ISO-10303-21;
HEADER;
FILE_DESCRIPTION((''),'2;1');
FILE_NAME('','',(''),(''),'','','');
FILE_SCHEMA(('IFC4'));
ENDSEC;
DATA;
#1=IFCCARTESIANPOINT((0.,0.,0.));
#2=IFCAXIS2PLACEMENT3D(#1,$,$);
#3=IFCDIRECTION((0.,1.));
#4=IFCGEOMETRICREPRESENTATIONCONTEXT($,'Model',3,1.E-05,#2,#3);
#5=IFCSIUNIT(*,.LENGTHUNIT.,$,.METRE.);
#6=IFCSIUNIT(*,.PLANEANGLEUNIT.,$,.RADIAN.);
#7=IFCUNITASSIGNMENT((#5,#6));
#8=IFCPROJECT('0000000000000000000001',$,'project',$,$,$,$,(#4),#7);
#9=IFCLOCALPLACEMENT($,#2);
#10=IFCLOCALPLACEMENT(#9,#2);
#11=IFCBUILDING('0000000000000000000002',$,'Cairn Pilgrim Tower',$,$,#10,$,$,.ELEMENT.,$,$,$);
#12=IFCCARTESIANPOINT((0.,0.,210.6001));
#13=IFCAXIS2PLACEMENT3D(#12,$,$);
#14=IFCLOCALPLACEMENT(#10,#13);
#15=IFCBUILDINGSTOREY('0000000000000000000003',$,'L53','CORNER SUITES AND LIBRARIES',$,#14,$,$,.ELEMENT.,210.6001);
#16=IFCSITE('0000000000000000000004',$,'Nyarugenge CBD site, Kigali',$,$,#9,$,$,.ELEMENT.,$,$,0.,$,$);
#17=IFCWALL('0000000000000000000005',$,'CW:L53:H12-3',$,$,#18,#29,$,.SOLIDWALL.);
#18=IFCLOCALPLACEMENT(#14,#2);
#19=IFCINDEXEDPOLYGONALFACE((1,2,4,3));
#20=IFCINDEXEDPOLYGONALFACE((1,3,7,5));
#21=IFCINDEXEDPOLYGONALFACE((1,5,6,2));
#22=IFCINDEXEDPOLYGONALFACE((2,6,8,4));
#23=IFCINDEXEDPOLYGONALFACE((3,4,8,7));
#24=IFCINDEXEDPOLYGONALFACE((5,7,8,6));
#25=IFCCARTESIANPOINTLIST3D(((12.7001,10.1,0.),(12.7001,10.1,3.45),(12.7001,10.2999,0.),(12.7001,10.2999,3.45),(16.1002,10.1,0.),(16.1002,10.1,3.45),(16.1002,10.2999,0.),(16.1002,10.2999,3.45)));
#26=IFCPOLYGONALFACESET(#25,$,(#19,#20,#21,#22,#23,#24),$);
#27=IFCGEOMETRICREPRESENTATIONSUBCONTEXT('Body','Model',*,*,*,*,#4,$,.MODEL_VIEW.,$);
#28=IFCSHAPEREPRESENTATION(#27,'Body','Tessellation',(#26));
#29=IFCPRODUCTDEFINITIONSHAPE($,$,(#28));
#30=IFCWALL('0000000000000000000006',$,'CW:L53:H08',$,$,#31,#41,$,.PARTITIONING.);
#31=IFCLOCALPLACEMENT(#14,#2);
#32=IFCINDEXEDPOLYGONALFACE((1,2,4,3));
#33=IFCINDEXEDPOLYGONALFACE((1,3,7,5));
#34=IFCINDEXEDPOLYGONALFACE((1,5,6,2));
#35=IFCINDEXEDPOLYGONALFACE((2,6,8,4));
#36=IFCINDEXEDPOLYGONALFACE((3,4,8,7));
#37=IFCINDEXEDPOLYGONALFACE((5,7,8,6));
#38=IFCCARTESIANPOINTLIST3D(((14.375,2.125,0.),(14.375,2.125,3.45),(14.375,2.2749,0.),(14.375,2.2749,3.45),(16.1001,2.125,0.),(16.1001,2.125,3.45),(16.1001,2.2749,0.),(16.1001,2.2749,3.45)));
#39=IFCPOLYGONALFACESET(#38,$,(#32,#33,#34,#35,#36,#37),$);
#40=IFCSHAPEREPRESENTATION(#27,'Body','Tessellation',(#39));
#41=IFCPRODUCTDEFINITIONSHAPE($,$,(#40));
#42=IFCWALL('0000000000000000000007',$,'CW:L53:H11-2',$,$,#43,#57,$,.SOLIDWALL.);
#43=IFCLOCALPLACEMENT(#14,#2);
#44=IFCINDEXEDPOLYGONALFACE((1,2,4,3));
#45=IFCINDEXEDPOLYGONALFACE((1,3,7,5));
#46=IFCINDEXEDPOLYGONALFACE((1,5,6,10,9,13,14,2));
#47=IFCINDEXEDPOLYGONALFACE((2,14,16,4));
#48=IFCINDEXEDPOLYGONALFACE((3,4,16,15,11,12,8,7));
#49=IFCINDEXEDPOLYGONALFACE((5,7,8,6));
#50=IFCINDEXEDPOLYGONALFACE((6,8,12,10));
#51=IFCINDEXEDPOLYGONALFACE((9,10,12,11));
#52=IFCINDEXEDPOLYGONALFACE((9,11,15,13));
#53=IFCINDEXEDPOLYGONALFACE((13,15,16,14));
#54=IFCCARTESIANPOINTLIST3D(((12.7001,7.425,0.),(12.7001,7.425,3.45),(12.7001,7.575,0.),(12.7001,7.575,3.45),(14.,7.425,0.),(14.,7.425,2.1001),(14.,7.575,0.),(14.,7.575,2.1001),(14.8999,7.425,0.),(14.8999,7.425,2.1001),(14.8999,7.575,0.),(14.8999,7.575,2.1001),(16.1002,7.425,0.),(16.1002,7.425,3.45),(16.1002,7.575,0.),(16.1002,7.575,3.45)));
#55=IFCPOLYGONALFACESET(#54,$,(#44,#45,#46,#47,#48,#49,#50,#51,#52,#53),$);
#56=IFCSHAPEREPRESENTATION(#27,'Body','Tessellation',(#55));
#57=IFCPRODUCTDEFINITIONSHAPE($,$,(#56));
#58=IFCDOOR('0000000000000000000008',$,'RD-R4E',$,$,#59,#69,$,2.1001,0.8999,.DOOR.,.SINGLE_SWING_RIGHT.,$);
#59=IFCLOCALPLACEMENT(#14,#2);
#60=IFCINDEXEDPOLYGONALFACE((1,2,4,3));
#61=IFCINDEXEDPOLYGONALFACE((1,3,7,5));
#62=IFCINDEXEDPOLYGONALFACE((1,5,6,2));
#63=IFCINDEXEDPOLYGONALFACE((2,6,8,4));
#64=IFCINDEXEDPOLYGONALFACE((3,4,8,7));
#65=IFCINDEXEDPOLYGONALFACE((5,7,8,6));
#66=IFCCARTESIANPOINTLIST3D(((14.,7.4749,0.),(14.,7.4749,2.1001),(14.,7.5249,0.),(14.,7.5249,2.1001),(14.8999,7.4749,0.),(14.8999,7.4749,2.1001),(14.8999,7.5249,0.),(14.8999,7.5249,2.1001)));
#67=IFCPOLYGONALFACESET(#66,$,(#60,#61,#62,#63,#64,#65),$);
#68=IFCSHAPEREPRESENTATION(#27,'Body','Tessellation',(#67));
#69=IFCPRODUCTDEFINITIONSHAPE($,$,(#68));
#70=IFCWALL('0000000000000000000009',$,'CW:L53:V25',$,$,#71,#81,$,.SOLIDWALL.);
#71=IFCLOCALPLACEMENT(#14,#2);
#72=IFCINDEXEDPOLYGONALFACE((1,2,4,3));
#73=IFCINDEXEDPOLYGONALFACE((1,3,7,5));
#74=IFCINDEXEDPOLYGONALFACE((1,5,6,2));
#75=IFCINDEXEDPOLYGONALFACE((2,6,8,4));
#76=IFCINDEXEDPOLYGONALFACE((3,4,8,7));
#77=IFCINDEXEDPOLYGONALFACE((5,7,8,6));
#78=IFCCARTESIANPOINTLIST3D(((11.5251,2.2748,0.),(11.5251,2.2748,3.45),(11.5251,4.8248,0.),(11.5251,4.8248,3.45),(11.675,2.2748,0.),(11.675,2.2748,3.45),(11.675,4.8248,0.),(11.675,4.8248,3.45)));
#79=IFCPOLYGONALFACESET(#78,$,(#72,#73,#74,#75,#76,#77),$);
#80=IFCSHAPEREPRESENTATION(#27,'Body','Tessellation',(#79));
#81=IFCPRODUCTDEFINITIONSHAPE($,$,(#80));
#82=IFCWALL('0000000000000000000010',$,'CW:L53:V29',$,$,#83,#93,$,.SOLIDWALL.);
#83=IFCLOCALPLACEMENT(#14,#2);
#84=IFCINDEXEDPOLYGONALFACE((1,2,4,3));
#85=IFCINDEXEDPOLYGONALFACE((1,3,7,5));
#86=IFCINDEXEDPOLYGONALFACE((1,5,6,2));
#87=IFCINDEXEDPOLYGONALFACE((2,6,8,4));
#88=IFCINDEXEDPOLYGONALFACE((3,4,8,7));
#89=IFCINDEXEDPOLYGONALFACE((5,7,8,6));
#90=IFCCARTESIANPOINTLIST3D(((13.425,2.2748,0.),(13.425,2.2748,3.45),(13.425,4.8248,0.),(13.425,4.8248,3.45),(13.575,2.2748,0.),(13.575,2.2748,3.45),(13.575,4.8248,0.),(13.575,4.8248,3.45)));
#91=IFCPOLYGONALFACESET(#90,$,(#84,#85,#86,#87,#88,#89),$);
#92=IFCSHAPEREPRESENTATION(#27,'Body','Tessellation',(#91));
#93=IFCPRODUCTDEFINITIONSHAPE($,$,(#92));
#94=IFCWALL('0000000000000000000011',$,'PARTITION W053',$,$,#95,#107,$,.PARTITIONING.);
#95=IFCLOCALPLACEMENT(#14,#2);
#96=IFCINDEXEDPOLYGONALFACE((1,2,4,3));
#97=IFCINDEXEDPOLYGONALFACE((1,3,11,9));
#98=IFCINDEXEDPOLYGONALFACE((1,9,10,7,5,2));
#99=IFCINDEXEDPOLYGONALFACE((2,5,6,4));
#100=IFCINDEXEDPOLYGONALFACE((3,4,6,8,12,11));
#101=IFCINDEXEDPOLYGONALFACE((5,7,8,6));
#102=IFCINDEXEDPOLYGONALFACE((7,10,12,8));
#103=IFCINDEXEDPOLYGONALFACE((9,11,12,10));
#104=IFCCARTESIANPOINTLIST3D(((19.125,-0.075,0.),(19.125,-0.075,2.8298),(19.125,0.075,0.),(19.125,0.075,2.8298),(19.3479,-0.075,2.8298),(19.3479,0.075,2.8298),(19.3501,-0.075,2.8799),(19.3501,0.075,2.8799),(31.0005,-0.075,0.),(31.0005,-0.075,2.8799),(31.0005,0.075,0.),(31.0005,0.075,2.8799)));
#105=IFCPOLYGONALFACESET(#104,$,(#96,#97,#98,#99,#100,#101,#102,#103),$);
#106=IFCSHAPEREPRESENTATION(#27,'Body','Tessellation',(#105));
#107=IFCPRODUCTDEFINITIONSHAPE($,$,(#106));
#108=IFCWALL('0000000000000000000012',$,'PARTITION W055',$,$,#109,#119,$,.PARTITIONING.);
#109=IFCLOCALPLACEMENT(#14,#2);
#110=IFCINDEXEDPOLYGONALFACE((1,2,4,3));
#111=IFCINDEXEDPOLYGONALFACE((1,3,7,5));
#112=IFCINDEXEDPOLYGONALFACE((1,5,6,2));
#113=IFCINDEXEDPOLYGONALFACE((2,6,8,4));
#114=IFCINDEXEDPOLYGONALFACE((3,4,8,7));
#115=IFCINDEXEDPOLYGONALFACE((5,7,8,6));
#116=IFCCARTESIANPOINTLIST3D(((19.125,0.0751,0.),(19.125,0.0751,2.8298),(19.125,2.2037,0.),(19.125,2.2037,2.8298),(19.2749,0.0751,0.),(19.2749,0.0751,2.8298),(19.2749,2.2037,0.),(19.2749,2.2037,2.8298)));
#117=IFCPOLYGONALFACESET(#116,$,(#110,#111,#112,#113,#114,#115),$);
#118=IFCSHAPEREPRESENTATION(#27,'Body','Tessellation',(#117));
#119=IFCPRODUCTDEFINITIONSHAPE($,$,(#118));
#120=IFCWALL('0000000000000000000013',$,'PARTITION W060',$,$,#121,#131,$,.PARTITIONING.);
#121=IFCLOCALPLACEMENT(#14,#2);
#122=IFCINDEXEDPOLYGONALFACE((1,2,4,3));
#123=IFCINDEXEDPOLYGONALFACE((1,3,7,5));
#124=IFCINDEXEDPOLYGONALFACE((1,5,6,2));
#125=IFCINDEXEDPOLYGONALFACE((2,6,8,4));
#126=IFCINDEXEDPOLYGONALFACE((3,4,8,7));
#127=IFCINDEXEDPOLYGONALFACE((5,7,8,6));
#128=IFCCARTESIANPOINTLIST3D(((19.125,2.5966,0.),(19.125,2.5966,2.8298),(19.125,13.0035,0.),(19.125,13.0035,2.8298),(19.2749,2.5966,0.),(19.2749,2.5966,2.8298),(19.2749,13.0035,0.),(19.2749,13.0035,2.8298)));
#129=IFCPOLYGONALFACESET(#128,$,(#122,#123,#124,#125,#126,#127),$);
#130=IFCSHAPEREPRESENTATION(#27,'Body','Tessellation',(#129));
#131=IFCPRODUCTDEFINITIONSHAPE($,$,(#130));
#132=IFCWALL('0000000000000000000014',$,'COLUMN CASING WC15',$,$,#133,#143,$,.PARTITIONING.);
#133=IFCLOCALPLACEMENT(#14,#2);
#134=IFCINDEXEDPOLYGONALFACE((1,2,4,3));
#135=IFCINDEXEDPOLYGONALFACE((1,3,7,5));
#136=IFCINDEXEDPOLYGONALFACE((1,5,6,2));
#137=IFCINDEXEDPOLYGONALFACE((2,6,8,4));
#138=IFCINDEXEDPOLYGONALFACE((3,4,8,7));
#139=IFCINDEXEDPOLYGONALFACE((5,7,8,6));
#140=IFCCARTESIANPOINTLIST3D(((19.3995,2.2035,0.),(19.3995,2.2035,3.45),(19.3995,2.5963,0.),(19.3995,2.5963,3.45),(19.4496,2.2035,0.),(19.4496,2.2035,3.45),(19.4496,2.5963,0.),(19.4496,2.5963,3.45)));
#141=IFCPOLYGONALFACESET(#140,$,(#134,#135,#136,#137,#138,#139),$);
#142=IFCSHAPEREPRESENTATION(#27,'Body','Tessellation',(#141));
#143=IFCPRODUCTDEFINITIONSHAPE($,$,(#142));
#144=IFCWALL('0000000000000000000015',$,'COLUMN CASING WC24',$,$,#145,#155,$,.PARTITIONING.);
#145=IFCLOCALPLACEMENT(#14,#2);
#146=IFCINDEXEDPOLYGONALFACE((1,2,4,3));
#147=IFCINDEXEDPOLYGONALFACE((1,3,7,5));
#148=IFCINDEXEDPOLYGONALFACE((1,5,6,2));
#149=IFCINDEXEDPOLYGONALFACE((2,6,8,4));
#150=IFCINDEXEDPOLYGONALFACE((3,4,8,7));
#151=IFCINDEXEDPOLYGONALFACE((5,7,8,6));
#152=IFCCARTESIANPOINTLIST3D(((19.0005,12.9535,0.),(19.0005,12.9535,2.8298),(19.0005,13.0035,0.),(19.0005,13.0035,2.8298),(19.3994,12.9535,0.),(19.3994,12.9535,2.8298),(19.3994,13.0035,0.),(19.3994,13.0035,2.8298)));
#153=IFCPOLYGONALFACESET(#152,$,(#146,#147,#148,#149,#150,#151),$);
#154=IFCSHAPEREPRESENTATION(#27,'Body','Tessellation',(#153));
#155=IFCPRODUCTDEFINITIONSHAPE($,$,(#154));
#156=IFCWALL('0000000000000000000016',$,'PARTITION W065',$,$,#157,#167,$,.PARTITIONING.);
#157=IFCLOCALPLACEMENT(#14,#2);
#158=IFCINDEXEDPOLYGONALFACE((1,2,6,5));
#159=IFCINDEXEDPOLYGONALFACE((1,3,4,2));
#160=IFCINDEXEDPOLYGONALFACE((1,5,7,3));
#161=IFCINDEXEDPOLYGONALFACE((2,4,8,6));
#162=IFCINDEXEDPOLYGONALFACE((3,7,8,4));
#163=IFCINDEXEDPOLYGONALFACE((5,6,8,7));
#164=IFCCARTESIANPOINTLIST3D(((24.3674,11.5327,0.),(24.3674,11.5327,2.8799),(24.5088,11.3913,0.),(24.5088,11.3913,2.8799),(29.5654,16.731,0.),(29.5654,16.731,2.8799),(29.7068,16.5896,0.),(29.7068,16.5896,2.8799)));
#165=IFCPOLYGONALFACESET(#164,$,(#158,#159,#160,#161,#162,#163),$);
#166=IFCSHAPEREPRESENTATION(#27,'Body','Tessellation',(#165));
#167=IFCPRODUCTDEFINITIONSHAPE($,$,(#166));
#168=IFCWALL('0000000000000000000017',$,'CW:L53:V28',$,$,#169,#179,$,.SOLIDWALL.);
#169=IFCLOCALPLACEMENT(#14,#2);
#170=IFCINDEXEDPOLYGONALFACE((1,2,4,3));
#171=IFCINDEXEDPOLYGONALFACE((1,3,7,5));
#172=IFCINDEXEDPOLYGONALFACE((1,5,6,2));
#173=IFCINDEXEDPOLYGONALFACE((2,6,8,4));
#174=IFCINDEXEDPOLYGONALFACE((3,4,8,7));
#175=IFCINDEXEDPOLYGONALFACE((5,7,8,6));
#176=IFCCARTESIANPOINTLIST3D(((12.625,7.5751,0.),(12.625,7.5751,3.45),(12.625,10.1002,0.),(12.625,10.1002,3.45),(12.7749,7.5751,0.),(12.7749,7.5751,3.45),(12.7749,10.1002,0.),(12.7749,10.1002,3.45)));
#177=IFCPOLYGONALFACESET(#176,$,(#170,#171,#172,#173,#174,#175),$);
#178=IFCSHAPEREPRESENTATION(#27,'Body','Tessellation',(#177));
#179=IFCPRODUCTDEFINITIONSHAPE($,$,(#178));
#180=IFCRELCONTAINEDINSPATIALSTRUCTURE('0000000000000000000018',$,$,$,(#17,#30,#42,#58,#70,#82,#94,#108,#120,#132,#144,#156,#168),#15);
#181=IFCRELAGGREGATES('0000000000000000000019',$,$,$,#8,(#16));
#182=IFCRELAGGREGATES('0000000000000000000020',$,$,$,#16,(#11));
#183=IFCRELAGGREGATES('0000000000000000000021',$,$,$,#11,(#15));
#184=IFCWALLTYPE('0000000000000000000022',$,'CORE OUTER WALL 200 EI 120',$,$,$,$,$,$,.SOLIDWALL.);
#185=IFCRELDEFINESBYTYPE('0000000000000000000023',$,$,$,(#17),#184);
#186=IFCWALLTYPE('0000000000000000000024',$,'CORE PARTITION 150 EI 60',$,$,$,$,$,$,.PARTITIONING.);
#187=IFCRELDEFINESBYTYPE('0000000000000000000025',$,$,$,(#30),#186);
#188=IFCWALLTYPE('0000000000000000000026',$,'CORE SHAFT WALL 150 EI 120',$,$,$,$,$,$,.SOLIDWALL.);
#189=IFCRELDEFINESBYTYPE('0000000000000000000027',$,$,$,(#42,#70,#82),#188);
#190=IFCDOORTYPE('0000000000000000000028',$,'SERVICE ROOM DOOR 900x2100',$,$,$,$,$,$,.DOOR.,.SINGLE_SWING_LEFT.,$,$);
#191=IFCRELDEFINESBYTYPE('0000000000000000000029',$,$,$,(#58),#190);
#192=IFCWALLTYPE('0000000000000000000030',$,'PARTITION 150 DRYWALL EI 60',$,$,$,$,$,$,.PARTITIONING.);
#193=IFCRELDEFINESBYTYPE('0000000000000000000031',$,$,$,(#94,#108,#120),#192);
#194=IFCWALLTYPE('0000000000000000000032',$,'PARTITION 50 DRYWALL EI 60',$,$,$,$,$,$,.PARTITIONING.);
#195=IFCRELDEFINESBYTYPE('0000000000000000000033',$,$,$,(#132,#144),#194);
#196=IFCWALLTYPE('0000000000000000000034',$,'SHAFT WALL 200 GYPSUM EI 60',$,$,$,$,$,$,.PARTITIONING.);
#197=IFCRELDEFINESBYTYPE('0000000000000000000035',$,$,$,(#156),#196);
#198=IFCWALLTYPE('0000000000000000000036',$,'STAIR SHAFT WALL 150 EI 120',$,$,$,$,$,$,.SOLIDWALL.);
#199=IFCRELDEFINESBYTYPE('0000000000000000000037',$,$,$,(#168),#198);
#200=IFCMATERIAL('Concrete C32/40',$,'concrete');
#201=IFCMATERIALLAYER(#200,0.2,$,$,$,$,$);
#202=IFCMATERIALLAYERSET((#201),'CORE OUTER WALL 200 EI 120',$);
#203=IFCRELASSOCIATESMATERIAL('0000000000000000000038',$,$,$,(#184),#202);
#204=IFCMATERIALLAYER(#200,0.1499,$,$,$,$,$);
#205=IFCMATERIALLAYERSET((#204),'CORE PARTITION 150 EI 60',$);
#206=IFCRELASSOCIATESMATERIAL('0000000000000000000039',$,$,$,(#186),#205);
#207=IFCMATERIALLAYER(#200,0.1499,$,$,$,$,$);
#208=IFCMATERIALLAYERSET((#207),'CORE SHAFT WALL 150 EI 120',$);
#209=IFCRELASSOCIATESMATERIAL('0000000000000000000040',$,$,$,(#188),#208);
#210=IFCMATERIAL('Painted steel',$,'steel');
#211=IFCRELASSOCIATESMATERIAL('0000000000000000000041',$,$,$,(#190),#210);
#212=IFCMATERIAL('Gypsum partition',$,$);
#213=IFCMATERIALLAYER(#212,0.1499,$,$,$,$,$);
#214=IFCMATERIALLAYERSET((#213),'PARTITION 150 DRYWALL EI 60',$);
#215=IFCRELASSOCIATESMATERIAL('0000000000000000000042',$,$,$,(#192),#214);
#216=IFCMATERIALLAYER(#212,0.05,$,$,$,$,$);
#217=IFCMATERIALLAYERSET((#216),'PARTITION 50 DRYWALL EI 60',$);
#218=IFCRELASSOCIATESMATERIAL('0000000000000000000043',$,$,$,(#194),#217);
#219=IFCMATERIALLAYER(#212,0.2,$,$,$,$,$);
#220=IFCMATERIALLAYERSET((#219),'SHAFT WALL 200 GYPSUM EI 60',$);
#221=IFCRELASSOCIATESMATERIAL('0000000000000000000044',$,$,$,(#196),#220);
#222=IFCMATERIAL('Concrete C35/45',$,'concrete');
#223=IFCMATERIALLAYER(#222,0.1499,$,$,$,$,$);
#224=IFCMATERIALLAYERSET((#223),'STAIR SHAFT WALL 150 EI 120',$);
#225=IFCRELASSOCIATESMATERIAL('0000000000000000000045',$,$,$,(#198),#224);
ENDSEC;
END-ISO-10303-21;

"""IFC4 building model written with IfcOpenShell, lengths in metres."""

from ifc_helpers import new_model, si_unit, direction, frame, frame_2d, origin, place, context, subcontext, project, spatial, polyline, rectangle, outline, extrude, material, layer, layer_set, type_object, element, fill, save


model = new_model("IFC4")

# Units and contexts
model_context = context("Model", 3, precision=1e-05, world=origin(), true_north=direction((0.0, 1.0)))
body_context = subcontext(model_context, "Body", "Model", "MODEL_VIEW")
ifc_project = project(units=[si_unit("LENGTHUNIT", "METRE"), si_unit("PLANEANGLEUNIT", "RADIAN")], contexts=[model_context])

# Site, building, storey
site_placement = place(None, origin())
site = spatial("IfcSite", under=ifc_project, at=site_placement, Name="Nyarugenge CBD site, Kigali", CompositionType="ELEMENT", RefElevation=0.0)
building_placement = place(site_placement, origin())
building = spatial("IfcBuilding", under=site, at=building_placement, Name="Cairn Pilgrim Tower", CompositionType="ELEMENT")
storey_placement = place(building_placement, frame((0.0, 0.0, 210.6001)))
storey = spatial("IfcBuildingStorey", under=building, at=storey_placement, Name="L53", Description="CORNER SUITES AND LIBRARIES", CompositionType="ELEMENT", Elevation=210.6001)

# Walls
ifc_material_1 = material(Name="Concrete C32/40", Category="concrete")
ifc_layer_1 = layer(ifc_material_1, 0.2)
ifc_layer_set_1 = layer_set([ifc_layer_1], Name="CORE OUTER WALL 200 EI 120")
wall_type_1 = type_object("IfcWallType", Name="CORE OUTER WALL 200 EI 120", PredefinedType="SOLIDWALL", material=ifc_layer_set_1)
wall_1_placement = place(storey_placement, frame((12.7, 10.2, 0.0), z_axis=(0.0, 0.0, 1.0), x_axis=(1.0, 0.0, 0.0)))
element("IfcWall", 1, at=wall_1_placement, inside=storey, type_object=wall_type_1, Name="CW:L53:H12-3", PredefinedType="SOLIDWALL", context=body_context, shape_type="SweptSolid", body=[
    extrude(rectangle(XDim=3.4001, YDim=0.2, at=frame_2d((1.7002, 0.0))), origin(), (0.0, 0.0, 1.0), 3.45),
])
ifc_layer_2 = layer(ifc_material_1, 0.1499)
ifc_layer_set_2 = layer_set([ifc_layer_2], Name="CORE PARTITION 150 EI 60")
wall_type_2 = type_object("IfcWallType", Name="CORE PARTITION 150 EI 60", PredefinedType="PARTITIONING", material=ifc_layer_set_2)
wall_2_placement = place(storey_placement, frame((14.375, 2.2, 0.0), z_axis=(0.0, 0.0, 1.0), x_axis=(1.0, 0.0, 0.0)))
element("IfcWall", 2, at=wall_2_placement, inside=storey, type_object=wall_type_2, Name="CW:L53:H08", PredefinedType="PARTITIONING", context=body_context, shape_type="SweptSolid", body=[
    extrude(rectangle(XDim=1.7251, YDim=0.1499, at=frame_2d((0.8625, 0.0))), origin(), (0.0, 0.0, 1.0), 3.45),
])

# Wall, opening, door
ifc_layer_3 = layer(ifc_material_1, 0.1499)
ifc_layer_set_3 = layer_set([ifc_layer_3], Name="CORE SHAFT WALL 150 EI 120")
wall_type_3 = type_object("IfcWallType", Name="CORE SHAFT WALL 150 EI 120", PredefinedType="SOLIDWALL", material=ifc_layer_set_3)
wall_3_placement = place(storey_placement, frame((12.7, 7.5, 0.0), z_axis=(0.0, 0.0, 1.0), x_axis=(1.0, 0.0, 0.0)))
wall_3 = element("IfcWall", 3, at=wall_3_placement, inside=storey, type_object=wall_type_3, Name="CW:L53:H11-2", PredefinedType="SOLIDWALL", context=body_context, shape_type="SweptSolid", body=[
    extrude(rectangle(XDim=3.4001, YDim=0.1499, at=frame_2d((1.7002, 0.0))), origin(), (0.0, 0.0, 1.0), 3.45),
])
opening_placement = place(wall_3_placement, frame((1.3, 0.0, 0.0)))
opening = element("IfcOpeningElement", 4, at=opening_placement, cuts=wall_3, PredefinedType="OPENING", context=body_context, shape_type="SweptSolid", body=[
    extrude(rectangle(XDim=0.8999, YDim=2.1001, at=frame_2d((0.45, 1.05))), frame((0.0, 0.085, 0.0), z_axis=(0.0, -1.0, 0.0), x_axis=(1.0, 0.0, 0.0)), (0.0, 0.0, 1.0), 0.1699),
])
ifc_material_2 = material(Name="Painted steel", Category="steel")
door_type = type_object("IfcDoorType", Name="SERVICE ROOM DOOR 900x2100", OperationType="SINGLE_SWING_LEFT", PredefinedType="DOOR", material=ifc_material_2)
door_placement = place(opening_placement, origin())
door = element("IfcDoor", 5, at=door_placement, inside=storey, type_object=door_type, Name="RD-R4E", OperationType="SINGLE_SWING_RIGHT", OverallHeight=2.1001, OverallWidth=0.8999, PredefinedType="DOOR", context=body_context, shape_type="SweptSolid", body=[
    extrude(rectangle(XDim=0.8999, YDim=2.1001, at=frame_2d((0.45, 1.05))), frame((0.0, 0.0249, 0.0), z_axis=(0.0, -1.0, 0.0), x_axis=(1.0, 0.0, 0.0)), (0.0, 0.0, 1.0), 0.05),
])
fill(opening, door)

# Walls
for number, where, z_axis, x_axis, name in (
    (6, (11.6001, 2.2749, 0.0), (0.0, 0.0, 1.0), (0.0, 1.0, 0.0), "CW:L53:V25"),
    (7, (13.5, 2.2749, 0.0), (0.0, 0.0, 1.0), (0.0, 1.0, 0.0), "CW:L53:V29"),
):
    element("IfcWall", number, at=place(storey_placement, frame(where, z_axis=z_axis, x_axis=x_axis)), inside=storey, type_object=wall_type_3, Name=name, PredefinedType="SOLIDWALL", context=body_context, shape_type="SweptSolid", body=[
        extrude(rectangle(XDim=2.55, YDim=0.1499, at=frame_2d((1.2749, 0.0))), origin(), (0.0, 0.0, 1.0), 3.45),
    ])
ifc_material_3 = material(Name="Gypsum partition")
ifc_layer_4 = layer(ifc_material_3, 0.1499)
ifc_layer_set_4 = layer_set([ifc_layer_4], Name="PARTITION 150 DRYWALL EI 60")
wall_type_4 = type_object("IfcWallType", Name="PARTITION 150 DRYWALL EI 60", PredefinedType="PARTITIONING", material=ifc_layer_set_4)
wall_4_placement = place(storey_placement, frame((19.125, 0.0, 0.0), z_axis=(0.0, 0.0, 1.0), x_axis=(1.0, 0.0, 0.0)))
element("IfcWall", 8, at=wall_4_placement, inside=storey, type_object=wall_type_4, Name="PARTITION W053", PredefinedType="PARTITIONING", context=body_context, shape_type="SweptSolid", body=[
    extrude(outline(polyline([(0.0, 0.0), (11.8755, 0.0), (11.8755, 2.8799), (0.2251, 2.8799), (0.2229, 2.8298), (0.0, 2.8298), (0.0, 0.0)])), frame((0.0, 0.075, 0.0), z_axis=(0.0, -1.0, 0.0), x_axis=(1.0, 0.0, 0.0)), (0.0, 0.0, 1.0), 0.1499),
])
wall_5_placement = place(storey_placement, frame((19.2, 0.075, 0.0), z_axis=(0.0, 0.0, 1.0), x_axis=(0.0, 1.0, 0.0)))
element("IfcWall", 9, at=wall_5_placement, inside=storey, type_object=wall_type_4, Name="PARTITION W055", PredefinedType="PARTITIONING", context=body_context, shape_type="SweptSolid", body=[
    extrude(rectangle(XDim=2.1287, YDim=0.1499, at=frame_2d((1.0645, 0.0))), origin(), (0.0, 0.0, 1.0), 2.8298),
])
wall_6_placement = place(storey_placement, frame((19.2, 2.5964, 0.0), z_axis=(0.0, 0.0, 1.0), x_axis=(0.0, 1.0, 0.0)))
element("IfcWall", 10, at=wall_6_placement, inside=storey, type_object=wall_type_4, Name="PARTITION W060", PredefinedType="PARTITIONING", context=body_context, shape_type="SweptSolid", body=[
    extrude(rectangle(XDim=10.407, YDim=0.1499, at=frame_2d((5.2036, 0.0))), origin(), (0.0, 0.0, 1.0), 2.8298),
])
ifc_layer_5 = layer(ifc_material_3, 0.05)
ifc_layer_set_5 = layer_set([ifc_layer_5], Name="PARTITION 50 DRYWALL EI 60")
wall_type_5 = type_object("IfcWallType", Name="PARTITION 50 DRYWALL EI 60", PredefinedType="PARTITIONING", material=ifc_layer_set_5)
wall_7_placement = place(storey_placement, frame((19.4246, 2.2036, 0.0), z_axis=(0.0, 0.0, 1.0), x_axis=(0.0, 1.0, 0.0)))
element("IfcWall", 11, at=wall_7_placement, inside=storey, type_object=wall_type_5, Name="COLUMN CASING WC15", PredefinedType="PARTITIONING", context=body_context, shape_type="SweptSolid", body=[
    extrude(rectangle(XDim=0.3928, YDim=0.05, at=frame_2d((0.1963, 0.0))), origin(), (0.0, 0.0, 1.0), 3.45),
])
wall_8_placement = place(storey_placement, frame((19.0005, 12.9785, 0.0), z_axis=(0.0, 0.0, 1.0), x_axis=(1.0, 0.0, 0.0)))
element("IfcWall", 12, at=wall_8_placement, inside=storey, type_object=wall_type_5, Name="COLUMN CASING WC24", PredefinedType="PARTITIONING", context=body_context, shape_type="SweptSolid", body=[
    extrude(rectangle(XDim=0.3989, YDim=0.05, at=frame_2d((0.1995, 0.0))), origin(), (0.0, 0.0, 1.0), 2.8298),
])
ifc_layer_6 = layer(ifc_material_3, 0.2)
ifc_layer_set_6 = layer_set([ifc_layer_6], Name="SHAFT WALL 200 GYPSUM EI 60")
wall_type_6 = type_object("IfcWallType", Name="SHAFT WALL 200 GYPSUM EI 60", PredefinedType="PARTITIONING", material=ifc_layer_set_6)
wall_9_placement = place(storey_placement, frame((24.438, 11.4619, 0.0), z_axis=(0.0, 0.0, 1.0), x_axis=(0.70709, 0.707123, 0.0)))
element("IfcWall", 13, at=wall_9_placement, inside=storey, type_object=wall_type_6, Name="PARTITION W065", PredefinedType="PARTITIONING", context=body_context, shape_type="SweptSolid", body=[
    extrude(rectangle(XDim=7.3513, YDim=0.2, at=frame_2d((3.6758, 0.0))), origin(), (0.0, 0.0, 1.0), 2.8799),
])
ifc_material_4 = material(Name="Concrete C35/45", Category="concrete")
ifc_layer_7 = layer(ifc_material_4, 0.1499)
ifc_layer_set_7 = layer_set([ifc_layer_7], Name="STAIR SHAFT WALL 150 EI 120")
wall_type_7 = type_object("IfcWallType", Name="STAIR SHAFT WALL 150 EI 120", PredefinedType="SOLIDWALL", material=ifc_layer_set_7)
wall_10_placement = place(storey_placement, frame((12.7, 7.575, 0.0), z_axis=(0.0, 0.0, 1.0), x_axis=(0.0, 1.0, 0.0)))
element("IfcWall", 14, at=wall_10_placement, inside=storey, type_object=wall_type_7, Name="CW:L53:V28", PredefinedType="SOLIDWALL", context=body_context, shape_type="SweptSolid", body=[
    extrude(rectangle(XDim=2.5251, YDim=0.1499, at=frame_2d((1.2627, 0.0))), origin(), (0.0, 0.0, 1.0), 3.45),
])

save(model, "model.ifc")
